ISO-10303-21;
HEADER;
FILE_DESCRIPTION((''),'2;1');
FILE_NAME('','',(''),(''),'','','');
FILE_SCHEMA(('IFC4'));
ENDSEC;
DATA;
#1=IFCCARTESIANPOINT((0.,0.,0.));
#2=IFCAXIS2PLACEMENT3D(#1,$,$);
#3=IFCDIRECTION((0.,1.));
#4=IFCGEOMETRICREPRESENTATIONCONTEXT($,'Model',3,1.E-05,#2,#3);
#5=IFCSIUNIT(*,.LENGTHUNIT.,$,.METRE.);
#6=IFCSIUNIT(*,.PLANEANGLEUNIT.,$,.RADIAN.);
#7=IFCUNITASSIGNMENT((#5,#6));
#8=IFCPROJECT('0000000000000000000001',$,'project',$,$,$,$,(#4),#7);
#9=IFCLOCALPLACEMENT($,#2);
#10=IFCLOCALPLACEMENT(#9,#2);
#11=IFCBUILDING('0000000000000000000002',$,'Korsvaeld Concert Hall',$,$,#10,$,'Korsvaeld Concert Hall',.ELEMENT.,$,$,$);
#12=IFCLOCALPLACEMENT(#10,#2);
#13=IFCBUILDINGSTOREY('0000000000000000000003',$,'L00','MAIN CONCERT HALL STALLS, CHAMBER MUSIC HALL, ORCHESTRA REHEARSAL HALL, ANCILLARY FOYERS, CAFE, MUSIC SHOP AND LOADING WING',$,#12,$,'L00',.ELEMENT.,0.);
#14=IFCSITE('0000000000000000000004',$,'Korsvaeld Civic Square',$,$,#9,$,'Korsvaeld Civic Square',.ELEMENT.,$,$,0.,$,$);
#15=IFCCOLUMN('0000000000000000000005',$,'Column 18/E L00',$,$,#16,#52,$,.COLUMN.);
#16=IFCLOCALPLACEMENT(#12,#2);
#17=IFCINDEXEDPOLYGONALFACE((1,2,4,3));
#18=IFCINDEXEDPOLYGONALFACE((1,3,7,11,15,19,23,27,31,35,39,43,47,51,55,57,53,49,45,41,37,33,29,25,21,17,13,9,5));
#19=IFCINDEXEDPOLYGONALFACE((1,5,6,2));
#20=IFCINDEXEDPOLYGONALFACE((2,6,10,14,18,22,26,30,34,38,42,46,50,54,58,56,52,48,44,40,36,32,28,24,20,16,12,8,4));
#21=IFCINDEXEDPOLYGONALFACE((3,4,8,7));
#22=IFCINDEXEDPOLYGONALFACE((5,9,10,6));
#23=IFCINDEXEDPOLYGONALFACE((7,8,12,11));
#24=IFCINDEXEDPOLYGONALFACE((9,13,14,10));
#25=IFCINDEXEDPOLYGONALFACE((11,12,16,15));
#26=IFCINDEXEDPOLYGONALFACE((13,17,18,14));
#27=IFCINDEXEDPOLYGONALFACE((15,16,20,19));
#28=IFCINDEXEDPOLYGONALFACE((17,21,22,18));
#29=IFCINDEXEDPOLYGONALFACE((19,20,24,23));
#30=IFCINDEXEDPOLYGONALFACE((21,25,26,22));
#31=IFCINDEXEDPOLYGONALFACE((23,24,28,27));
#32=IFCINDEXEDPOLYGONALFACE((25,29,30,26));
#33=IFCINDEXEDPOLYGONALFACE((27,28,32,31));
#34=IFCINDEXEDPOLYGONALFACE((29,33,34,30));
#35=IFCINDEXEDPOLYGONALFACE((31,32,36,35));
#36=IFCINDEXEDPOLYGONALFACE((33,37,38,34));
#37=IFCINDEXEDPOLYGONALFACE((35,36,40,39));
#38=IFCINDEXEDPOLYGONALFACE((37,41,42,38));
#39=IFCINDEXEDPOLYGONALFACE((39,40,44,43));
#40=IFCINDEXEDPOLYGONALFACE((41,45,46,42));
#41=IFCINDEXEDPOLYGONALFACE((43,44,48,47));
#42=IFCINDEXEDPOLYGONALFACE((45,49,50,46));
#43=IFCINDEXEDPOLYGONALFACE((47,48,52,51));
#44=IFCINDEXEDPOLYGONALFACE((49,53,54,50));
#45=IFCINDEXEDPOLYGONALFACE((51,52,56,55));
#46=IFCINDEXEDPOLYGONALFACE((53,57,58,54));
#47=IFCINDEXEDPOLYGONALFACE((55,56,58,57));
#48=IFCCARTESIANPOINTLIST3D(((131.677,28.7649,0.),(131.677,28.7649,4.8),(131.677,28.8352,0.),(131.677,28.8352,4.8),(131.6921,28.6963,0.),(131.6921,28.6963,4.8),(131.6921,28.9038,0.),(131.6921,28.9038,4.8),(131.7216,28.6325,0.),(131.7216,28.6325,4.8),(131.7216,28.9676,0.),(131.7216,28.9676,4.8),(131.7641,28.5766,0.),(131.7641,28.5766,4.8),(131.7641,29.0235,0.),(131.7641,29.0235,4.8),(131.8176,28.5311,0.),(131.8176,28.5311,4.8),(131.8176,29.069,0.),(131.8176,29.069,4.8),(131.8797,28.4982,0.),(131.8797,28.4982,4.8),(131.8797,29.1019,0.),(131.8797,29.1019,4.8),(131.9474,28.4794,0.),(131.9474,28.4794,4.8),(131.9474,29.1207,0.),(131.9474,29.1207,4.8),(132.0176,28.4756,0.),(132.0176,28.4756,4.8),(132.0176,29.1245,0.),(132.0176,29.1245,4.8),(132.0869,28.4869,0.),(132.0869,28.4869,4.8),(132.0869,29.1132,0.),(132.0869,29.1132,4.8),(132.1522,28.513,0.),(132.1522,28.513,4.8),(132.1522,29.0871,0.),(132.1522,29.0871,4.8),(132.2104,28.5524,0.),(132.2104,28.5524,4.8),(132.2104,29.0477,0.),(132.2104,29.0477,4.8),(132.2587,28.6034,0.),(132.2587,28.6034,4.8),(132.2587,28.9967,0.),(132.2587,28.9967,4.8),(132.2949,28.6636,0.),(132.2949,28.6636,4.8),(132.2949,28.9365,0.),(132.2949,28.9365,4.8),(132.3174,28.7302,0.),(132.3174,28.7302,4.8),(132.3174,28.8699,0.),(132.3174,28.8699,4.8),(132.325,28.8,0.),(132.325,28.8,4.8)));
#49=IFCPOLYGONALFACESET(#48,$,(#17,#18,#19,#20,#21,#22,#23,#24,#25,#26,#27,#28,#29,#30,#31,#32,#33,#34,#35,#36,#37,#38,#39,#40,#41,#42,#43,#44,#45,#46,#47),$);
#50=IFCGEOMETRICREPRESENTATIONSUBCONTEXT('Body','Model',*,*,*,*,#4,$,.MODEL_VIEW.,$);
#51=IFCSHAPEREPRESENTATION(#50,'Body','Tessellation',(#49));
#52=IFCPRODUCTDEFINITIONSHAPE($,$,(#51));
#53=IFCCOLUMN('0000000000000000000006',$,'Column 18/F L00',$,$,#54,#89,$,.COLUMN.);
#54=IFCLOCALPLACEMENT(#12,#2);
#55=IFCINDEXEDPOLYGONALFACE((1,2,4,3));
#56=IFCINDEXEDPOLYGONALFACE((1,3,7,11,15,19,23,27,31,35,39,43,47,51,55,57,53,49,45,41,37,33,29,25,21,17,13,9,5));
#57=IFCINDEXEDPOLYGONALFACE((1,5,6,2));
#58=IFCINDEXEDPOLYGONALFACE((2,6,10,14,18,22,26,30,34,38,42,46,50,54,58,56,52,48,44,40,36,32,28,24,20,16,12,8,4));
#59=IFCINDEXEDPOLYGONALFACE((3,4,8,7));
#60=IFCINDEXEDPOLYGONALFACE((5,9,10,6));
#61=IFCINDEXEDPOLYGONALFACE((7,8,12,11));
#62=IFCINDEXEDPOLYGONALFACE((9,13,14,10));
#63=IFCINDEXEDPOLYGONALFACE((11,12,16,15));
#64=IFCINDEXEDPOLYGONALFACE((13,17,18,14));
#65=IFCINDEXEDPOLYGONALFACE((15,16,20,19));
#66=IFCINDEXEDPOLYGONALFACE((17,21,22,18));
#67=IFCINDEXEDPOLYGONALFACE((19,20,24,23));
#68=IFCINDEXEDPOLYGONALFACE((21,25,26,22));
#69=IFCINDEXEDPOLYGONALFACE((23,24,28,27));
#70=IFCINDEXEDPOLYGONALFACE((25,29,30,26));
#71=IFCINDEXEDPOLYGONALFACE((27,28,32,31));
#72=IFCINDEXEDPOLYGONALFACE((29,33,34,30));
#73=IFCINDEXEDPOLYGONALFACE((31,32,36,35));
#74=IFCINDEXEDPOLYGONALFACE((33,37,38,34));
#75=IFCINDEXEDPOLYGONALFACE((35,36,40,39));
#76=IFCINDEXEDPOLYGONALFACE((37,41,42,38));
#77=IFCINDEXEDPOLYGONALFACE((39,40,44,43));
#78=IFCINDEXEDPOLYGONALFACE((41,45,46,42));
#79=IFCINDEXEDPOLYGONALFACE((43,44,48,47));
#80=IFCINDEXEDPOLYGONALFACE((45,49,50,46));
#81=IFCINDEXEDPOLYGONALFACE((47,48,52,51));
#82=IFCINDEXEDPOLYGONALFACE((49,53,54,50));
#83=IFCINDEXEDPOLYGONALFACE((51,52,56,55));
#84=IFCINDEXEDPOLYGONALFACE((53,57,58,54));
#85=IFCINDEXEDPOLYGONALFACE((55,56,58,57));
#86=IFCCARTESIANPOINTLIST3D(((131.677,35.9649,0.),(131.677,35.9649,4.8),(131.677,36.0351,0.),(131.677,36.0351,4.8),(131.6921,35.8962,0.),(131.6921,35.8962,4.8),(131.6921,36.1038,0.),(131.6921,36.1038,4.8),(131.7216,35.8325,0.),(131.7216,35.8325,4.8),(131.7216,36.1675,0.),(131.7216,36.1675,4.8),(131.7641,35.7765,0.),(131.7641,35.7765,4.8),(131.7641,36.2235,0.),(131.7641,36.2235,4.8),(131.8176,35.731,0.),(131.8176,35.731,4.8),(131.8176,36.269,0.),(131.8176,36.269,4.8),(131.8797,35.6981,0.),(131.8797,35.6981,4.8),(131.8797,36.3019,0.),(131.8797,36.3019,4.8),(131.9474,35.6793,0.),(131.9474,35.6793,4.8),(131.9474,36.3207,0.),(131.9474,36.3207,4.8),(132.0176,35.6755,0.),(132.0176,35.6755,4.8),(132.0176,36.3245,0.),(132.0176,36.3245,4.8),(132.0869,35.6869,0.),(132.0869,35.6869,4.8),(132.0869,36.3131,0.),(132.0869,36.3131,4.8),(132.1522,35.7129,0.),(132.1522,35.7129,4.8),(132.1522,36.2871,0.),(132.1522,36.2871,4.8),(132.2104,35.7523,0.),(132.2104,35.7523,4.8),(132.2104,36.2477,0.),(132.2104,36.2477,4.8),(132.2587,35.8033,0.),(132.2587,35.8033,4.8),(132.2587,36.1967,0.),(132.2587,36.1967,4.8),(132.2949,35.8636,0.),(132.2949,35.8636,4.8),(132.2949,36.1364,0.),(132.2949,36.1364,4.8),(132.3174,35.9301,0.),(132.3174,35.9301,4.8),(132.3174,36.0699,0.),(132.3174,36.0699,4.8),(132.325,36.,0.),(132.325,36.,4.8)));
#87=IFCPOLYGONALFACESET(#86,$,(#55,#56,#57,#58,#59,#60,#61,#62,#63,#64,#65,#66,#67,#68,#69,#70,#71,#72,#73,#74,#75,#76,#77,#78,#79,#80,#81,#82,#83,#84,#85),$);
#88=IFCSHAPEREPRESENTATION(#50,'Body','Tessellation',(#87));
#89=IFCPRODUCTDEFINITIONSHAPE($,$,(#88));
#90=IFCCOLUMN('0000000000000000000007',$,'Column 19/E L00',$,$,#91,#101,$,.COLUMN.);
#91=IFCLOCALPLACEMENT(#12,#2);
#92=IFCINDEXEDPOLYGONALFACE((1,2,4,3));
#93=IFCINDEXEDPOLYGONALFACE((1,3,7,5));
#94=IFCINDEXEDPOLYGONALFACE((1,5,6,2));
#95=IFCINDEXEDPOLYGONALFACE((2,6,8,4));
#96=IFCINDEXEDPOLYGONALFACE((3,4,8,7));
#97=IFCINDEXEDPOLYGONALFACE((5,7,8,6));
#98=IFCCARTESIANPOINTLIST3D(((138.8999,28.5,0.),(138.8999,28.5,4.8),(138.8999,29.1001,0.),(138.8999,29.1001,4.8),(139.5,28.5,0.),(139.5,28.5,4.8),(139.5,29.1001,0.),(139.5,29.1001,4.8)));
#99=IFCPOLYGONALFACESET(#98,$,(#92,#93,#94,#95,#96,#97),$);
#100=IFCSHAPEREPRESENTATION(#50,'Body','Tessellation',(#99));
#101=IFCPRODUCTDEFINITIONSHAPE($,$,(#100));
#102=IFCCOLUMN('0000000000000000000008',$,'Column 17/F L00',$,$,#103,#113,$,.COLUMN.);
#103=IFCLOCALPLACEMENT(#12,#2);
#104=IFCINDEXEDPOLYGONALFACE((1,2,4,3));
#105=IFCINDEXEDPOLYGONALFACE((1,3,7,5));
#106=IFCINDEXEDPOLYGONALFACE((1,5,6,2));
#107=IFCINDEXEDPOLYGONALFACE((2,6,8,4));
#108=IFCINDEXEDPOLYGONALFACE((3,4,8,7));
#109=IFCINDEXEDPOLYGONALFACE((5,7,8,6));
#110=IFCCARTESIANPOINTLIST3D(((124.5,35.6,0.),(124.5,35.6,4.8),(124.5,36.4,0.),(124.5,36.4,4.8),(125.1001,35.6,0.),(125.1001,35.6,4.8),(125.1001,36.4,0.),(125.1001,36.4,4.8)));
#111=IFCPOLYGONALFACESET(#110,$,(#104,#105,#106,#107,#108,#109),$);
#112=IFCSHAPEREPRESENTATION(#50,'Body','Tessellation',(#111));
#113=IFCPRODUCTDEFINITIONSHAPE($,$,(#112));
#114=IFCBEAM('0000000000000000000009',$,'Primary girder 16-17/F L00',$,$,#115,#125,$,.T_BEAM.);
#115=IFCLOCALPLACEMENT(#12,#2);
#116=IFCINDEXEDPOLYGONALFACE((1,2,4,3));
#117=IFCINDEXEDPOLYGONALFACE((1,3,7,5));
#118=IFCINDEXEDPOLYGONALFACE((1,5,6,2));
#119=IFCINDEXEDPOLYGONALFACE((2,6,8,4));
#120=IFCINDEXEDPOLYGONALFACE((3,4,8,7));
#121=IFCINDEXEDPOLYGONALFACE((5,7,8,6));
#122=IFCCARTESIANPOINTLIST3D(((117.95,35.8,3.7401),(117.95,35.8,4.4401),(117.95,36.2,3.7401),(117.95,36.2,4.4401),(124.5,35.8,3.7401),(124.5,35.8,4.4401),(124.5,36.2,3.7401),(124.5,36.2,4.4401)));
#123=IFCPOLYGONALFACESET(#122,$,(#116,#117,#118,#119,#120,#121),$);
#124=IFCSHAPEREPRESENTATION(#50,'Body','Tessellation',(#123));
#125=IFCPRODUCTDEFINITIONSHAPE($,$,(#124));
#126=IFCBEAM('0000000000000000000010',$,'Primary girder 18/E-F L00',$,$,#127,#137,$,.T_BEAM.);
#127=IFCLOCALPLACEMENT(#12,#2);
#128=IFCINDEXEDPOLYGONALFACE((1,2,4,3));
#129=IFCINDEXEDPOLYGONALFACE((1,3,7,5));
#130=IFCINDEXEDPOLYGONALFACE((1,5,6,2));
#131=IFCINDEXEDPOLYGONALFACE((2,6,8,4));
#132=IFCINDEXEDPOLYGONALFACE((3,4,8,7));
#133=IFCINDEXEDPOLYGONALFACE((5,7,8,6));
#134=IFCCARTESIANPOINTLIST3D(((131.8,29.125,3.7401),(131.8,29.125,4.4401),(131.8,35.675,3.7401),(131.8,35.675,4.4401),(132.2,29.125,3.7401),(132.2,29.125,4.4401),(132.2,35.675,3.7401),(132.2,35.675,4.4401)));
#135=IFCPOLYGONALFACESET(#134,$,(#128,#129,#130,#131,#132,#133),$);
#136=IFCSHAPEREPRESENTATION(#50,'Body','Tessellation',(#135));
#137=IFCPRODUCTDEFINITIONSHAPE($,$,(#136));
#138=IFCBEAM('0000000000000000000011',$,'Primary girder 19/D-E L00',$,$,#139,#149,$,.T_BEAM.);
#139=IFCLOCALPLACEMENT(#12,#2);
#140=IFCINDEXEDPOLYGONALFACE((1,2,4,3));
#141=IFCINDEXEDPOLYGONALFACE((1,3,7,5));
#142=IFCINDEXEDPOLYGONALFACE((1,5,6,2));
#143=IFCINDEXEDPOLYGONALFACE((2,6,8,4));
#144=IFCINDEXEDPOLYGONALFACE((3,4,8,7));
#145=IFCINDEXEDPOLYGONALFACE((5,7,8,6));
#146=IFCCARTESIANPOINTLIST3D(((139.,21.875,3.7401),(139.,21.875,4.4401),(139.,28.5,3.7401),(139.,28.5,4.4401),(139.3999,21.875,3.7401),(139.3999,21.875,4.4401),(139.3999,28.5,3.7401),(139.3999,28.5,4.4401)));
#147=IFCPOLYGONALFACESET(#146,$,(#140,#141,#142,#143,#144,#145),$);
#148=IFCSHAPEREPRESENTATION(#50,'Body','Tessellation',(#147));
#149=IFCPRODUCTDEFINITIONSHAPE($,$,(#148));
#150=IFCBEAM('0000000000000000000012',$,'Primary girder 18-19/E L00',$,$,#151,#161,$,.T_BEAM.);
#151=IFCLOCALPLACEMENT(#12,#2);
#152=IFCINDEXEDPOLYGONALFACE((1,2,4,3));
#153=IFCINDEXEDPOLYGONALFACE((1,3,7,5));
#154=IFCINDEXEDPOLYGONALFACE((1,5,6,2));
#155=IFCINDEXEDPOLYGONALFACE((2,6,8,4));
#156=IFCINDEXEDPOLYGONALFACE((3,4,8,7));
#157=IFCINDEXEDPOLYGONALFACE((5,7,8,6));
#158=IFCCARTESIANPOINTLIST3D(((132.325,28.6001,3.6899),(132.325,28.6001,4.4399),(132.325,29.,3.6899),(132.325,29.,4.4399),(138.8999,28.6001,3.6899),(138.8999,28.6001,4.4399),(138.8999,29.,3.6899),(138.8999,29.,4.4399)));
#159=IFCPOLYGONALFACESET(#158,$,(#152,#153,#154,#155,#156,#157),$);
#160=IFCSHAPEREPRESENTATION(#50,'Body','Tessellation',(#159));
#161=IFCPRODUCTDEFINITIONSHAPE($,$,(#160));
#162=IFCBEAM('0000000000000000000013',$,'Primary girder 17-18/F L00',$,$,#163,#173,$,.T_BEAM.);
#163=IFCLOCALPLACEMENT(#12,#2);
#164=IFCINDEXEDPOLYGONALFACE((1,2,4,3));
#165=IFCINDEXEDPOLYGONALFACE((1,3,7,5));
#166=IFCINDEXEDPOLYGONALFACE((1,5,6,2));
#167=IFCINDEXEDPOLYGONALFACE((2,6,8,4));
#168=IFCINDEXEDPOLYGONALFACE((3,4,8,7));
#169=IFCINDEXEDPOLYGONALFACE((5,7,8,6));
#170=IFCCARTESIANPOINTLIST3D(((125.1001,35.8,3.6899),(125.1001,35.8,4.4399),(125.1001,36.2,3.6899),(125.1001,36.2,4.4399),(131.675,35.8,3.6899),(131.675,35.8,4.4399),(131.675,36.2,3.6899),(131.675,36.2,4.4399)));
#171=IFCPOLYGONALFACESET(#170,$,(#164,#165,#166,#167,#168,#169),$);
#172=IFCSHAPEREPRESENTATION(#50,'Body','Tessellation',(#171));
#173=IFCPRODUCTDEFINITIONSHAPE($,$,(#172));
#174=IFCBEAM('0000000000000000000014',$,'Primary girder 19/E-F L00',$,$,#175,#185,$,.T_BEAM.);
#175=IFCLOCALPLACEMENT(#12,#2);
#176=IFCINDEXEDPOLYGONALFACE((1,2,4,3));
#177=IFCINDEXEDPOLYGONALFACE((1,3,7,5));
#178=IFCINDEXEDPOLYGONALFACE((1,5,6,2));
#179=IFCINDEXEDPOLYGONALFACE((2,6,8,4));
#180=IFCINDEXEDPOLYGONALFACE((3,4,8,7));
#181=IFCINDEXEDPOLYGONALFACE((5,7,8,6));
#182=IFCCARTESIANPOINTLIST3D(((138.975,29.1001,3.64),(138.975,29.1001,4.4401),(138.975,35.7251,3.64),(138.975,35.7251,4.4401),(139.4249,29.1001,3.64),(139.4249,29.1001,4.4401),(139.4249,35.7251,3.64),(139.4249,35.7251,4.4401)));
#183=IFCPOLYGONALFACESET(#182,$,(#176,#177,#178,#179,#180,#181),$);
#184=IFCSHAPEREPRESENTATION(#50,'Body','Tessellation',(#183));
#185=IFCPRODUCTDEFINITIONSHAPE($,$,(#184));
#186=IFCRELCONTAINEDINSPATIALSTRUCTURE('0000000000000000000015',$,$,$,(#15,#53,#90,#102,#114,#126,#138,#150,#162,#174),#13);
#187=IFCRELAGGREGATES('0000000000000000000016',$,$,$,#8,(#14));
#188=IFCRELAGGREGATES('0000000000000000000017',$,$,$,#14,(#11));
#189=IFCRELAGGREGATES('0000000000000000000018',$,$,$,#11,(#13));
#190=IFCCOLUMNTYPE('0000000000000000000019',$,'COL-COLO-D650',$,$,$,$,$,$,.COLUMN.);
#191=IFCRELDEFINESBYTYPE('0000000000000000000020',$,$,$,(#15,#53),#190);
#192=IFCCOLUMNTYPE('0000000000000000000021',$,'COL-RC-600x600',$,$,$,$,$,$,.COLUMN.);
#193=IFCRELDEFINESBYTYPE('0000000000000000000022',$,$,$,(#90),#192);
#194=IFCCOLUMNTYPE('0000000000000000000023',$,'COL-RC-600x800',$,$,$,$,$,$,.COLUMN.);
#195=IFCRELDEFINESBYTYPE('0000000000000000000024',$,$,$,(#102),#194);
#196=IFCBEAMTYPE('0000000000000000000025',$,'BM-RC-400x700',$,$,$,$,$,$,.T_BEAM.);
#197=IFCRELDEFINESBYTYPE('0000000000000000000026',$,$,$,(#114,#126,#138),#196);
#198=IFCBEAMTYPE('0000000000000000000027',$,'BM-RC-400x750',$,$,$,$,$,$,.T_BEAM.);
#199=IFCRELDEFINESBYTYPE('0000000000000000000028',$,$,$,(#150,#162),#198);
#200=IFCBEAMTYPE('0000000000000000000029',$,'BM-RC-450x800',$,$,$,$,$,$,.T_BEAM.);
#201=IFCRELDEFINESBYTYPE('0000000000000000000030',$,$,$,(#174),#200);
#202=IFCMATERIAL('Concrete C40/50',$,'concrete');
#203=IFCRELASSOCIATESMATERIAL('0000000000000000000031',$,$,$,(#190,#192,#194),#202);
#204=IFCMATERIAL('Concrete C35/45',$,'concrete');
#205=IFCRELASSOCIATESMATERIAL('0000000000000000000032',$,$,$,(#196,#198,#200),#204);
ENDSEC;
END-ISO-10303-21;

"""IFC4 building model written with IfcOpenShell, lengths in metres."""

from ifc_helpers import new_model, si_unit, direction, frame, origin, origin_2d, place, context, subcontext, project, spatial, rectangle, circle, extrude, material, material_profile, profile_set, type_object, element, save


model = new_model("IFC4")

# Units and contexts
model_context = context("Model", 3, precision=1e-05, world=origin(), true_north=direction((0.0, 1.0)))
body_context = subcontext(model_context, "Body", "Model", "MODEL_VIEW")
ifc_project = project(units=[si_unit("LENGTHUNIT", "METRE"), si_unit("PLANEANGLEUNIT", "RADIAN")], contexts=[model_context])

# Site, building, storey
site_placement = place(None, origin())
site = spatial("IfcSite", under=ifc_project, at=site_placement, Name="Korsvaeld Civic Square", LongName="Korsvaeld Civic Square", CompositionType="ELEMENT", RefElevation=0.0)
building_placement = place(site_placement, origin())
building = spatial("IfcBuilding", under=site, at=building_placement, Name="Korsvaeld Concert Hall", LongName="Korsvaeld Concert Hall", CompositionType="ELEMENT")
storey_placement = place(building_placement, origin())
storey = spatial("IfcBuildingStorey", under=building, at=storey_placement, Name="L00", Description="MAIN CONCERT HALL STALLS, CHAMBER MUSIC HALL, ORCHESTRA REHEARSAL HALL, ANCILLARY FOYERS, CAFE, MUSIC SHOP AND LOADING WING", LongName="L00", CompositionType="ELEMENT", Elevation=0.0)

# Columns
ifc_material_1 = material(Name="Concrete C40/50", Category="concrete")
ifc_material_profile_1 = material_profile(ifc_material_1, circle(Radius=0.325, at=origin_2d()), Name="RC D650")
ifc_profile_set_1 = profile_set([ifc_material_profile_1], Name="Concrete C40/50")
column_type_1 = type_object("IfcColumnType", Name="COL-COLO-D650", PredefinedType="COLUMN", material=ifc_profile_set_1)
for number, where, z_axis, x_axis, name in (
    (1, (132.0, 28.8, 0.0), (0.0, 0.0, 1.0), (1.0, 0.0, 0.0), "Column 18/E L00"),
    (2, (132.0, 36.0, 0.0), (0.0, 0.0, 1.0), (1.0, 0.0, 0.0), "Column 18/F L00"),
):
    element("IfcColumn", number, at=place(storey_placement, frame(where, z_axis=z_axis, x_axis=x_axis)), inside=storey, type_object=column_type_1, Name=name, PredefinedType="COLUMN", context=body_context, shape_type="SweptSolid", body=[
        extrude(circle(Radius=0.325, at=origin_2d()), origin(), (0.0, 0.0, 1.0), 4.8),
    ])
ifc_material_profile_2 = material_profile(ifc_material_1, rectangle(XDim=0.6001, YDim=0.6001, at=origin_2d()), Name="RC 600x600")
ifc_profile_set_2 = profile_set([ifc_material_profile_2], Name="Concrete C40/50")
column_type_2 = type_object("IfcColumnType", Name="COL-RC-600x600", PredefinedType="COLUMN", material=ifc_profile_set_2)
column_1_placement = place(storey_placement, frame((139.2, 28.8, 0.0), z_axis=(0.0, 0.0, 1.0), x_axis=(1.0, 0.0, 0.0)))
element("IfcColumn", 3, at=column_1_placement, inside=storey, type_object=column_type_2, Name="Column 19/E L00", PredefinedType="COLUMN", context=body_context, shape_type="SweptSolid", body=[
    extrude(rectangle(XDim=0.6001, YDim=0.6001, at=origin_2d()), origin(), (0.0, 0.0, 1.0), 4.8),
])
ifc_material_profile_3 = material_profile(ifc_material_1, rectangle(XDim=0.6001, YDim=0.8, at=origin_2d()), Name="RC 600x800")
ifc_profile_set_3 = profile_set([ifc_material_profile_3], Name="Concrete C40/50")
column_type_3 = type_object("IfcColumnType", Name="COL-RC-600x800", PredefinedType="COLUMN", material=ifc_profile_set_3)
column_2_placement = place(storey_placement, frame((124.8, 36.0, 0.0), z_axis=(0.0, 0.0, 1.0), x_axis=(1.0, 0.0, 0.0)))
element("IfcColumn", 4, at=column_2_placement, inside=storey, type_object=column_type_3, Name="Column 17/F L00", PredefinedType="COLUMN", context=body_context, shape_type="SweptSolid", body=[
    extrude(rectangle(XDim=0.6001, YDim=0.8, at=origin_2d()), origin(), (0.0, 0.0, 1.0), 4.8),
])

# Beams
ifc_material_2 = material(Name="Concrete C35/45", Category="concrete")
ifc_material_profile_4 = material_profile(ifc_material_2, rectangle(XDim=0.3999, YDim=0.7, at=origin_2d()), Name="RC 400x700")
ifc_profile_set_4 = profile_set([ifc_material_profile_4], Name="Concrete C35/45")
beam_type_1 = type_object("IfcBeamType", Name="BM-RC-400x700", PredefinedType="T_BEAM", material=ifc_profile_set_4)
for number, where, z_axis, x_axis, name in (
    (5, (117.95, 36.0, 4.0901), (1.0, 0.0, 0.0), (0.0, 1.0, 0.0), "Primary girder 16-17/F L00"),
    (6, (132.0, 29.125, 4.0901), (0.0, 1.0, 0.0), (-1.0, 0.0, 0.0), "Primary girder 18/E-F L00"),
):
    element("IfcBeam", number, at=place(storey_placement, frame(where, z_axis=z_axis, x_axis=x_axis)), inside=storey, type_object=beam_type_1, Name=name, PredefinedType="T_BEAM", context=body_context, shape_type="SweptSolid", body=[
        extrude(rectangle(XDim=0.3999, YDim=0.7, at=origin_2d()), origin(), (0.0, 0.0, 1.0), 6.55),
    ])
beam_1_placement = place(storey_placement, frame((139.2, 21.875, 4.0901), z_axis=(0.0, 1.0, 0.0), x_axis=(-1.0, 0.0, 0.0)))
element("IfcBeam", 7, at=beam_1_placement, inside=storey, type_object=beam_type_1, Name="Primary girder 19/D-E L00", PredefinedType="T_BEAM", context=body_context, shape_type="SweptSolid", body=[
    extrude(rectangle(XDim=0.3999, YDim=0.7, at=origin_2d()), origin(), (0.0, 0.0, 1.0), 6.625),
])
ifc_material_profile_5 = material_profile(ifc_material_2, rectangle(XDim=0.3999, YDim=0.75, at=origin_2d()), Name="RC 400x750")
ifc_profile_set_5 = profile_set([ifc_material_profile_5], Name="Concrete C35/45")
beam_type_2 = type_object("IfcBeamType", Name="BM-RC-400x750", PredefinedType="T_BEAM", material=ifc_profile_set_5)
for number, where, z_axis, x_axis, name in (
    (8, (132.325, 28.8, 4.0649), (1.0, 0.0, 0.0), (0.0, 1.0, 0.0), "Primary girder 18-19/E L00"),
    (9, (125.1001, 36.0, 4.0649), (1.0, 0.0, 0.0), (0.0, 1.0, 0.0), "Primary girder 17-18/F L00"),
):
    element("IfcBeam", number, at=place(storey_placement, frame(where, z_axis=z_axis, x_axis=x_axis)), inside=storey, type_object=beam_type_2, Name=name, PredefinedType="T_BEAM", context=body_context, shape_type="SweptSolid", body=[
        extrude(rectangle(XDim=0.3999, YDim=0.75, at=origin_2d()), origin(), (0.0, 0.0, 1.0), 6.575),
    ])
ifc_material_profile_6 = material_profile(ifc_material_2, rectangle(XDim=0.45, YDim=0.8, at=origin_2d()), Name="RC 450x800")
ifc_profile_set_6 = profile_set([ifc_material_profile_6], Name="Concrete C35/45")
beam_type_3 = type_object("IfcBeamType", Name="BM-RC-450x800", PredefinedType="T_BEAM", material=ifc_profile_set_6)
beam_2_placement = place(storey_placement, frame((139.2, 29.1001, 4.04), z_axis=(0.0, 1.0, 0.0), x_axis=(-1.0, 0.0, 0.0)))
element("IfcBeam", 10, at=beam_2_placement, inside=storey, type_object=beam_type_3, Name="Primary girder 19/E-F L00", PredefinedType="T_BEAM", context=body_context, shape_type="SweptSolid", body=[
    extrude(rectangle(XDim=0.45, YDim=0.8, at=origin_2d()), origin(), (0.0, 0.0, 1.0), 6.625),
])

save(model, "model.ifc")
